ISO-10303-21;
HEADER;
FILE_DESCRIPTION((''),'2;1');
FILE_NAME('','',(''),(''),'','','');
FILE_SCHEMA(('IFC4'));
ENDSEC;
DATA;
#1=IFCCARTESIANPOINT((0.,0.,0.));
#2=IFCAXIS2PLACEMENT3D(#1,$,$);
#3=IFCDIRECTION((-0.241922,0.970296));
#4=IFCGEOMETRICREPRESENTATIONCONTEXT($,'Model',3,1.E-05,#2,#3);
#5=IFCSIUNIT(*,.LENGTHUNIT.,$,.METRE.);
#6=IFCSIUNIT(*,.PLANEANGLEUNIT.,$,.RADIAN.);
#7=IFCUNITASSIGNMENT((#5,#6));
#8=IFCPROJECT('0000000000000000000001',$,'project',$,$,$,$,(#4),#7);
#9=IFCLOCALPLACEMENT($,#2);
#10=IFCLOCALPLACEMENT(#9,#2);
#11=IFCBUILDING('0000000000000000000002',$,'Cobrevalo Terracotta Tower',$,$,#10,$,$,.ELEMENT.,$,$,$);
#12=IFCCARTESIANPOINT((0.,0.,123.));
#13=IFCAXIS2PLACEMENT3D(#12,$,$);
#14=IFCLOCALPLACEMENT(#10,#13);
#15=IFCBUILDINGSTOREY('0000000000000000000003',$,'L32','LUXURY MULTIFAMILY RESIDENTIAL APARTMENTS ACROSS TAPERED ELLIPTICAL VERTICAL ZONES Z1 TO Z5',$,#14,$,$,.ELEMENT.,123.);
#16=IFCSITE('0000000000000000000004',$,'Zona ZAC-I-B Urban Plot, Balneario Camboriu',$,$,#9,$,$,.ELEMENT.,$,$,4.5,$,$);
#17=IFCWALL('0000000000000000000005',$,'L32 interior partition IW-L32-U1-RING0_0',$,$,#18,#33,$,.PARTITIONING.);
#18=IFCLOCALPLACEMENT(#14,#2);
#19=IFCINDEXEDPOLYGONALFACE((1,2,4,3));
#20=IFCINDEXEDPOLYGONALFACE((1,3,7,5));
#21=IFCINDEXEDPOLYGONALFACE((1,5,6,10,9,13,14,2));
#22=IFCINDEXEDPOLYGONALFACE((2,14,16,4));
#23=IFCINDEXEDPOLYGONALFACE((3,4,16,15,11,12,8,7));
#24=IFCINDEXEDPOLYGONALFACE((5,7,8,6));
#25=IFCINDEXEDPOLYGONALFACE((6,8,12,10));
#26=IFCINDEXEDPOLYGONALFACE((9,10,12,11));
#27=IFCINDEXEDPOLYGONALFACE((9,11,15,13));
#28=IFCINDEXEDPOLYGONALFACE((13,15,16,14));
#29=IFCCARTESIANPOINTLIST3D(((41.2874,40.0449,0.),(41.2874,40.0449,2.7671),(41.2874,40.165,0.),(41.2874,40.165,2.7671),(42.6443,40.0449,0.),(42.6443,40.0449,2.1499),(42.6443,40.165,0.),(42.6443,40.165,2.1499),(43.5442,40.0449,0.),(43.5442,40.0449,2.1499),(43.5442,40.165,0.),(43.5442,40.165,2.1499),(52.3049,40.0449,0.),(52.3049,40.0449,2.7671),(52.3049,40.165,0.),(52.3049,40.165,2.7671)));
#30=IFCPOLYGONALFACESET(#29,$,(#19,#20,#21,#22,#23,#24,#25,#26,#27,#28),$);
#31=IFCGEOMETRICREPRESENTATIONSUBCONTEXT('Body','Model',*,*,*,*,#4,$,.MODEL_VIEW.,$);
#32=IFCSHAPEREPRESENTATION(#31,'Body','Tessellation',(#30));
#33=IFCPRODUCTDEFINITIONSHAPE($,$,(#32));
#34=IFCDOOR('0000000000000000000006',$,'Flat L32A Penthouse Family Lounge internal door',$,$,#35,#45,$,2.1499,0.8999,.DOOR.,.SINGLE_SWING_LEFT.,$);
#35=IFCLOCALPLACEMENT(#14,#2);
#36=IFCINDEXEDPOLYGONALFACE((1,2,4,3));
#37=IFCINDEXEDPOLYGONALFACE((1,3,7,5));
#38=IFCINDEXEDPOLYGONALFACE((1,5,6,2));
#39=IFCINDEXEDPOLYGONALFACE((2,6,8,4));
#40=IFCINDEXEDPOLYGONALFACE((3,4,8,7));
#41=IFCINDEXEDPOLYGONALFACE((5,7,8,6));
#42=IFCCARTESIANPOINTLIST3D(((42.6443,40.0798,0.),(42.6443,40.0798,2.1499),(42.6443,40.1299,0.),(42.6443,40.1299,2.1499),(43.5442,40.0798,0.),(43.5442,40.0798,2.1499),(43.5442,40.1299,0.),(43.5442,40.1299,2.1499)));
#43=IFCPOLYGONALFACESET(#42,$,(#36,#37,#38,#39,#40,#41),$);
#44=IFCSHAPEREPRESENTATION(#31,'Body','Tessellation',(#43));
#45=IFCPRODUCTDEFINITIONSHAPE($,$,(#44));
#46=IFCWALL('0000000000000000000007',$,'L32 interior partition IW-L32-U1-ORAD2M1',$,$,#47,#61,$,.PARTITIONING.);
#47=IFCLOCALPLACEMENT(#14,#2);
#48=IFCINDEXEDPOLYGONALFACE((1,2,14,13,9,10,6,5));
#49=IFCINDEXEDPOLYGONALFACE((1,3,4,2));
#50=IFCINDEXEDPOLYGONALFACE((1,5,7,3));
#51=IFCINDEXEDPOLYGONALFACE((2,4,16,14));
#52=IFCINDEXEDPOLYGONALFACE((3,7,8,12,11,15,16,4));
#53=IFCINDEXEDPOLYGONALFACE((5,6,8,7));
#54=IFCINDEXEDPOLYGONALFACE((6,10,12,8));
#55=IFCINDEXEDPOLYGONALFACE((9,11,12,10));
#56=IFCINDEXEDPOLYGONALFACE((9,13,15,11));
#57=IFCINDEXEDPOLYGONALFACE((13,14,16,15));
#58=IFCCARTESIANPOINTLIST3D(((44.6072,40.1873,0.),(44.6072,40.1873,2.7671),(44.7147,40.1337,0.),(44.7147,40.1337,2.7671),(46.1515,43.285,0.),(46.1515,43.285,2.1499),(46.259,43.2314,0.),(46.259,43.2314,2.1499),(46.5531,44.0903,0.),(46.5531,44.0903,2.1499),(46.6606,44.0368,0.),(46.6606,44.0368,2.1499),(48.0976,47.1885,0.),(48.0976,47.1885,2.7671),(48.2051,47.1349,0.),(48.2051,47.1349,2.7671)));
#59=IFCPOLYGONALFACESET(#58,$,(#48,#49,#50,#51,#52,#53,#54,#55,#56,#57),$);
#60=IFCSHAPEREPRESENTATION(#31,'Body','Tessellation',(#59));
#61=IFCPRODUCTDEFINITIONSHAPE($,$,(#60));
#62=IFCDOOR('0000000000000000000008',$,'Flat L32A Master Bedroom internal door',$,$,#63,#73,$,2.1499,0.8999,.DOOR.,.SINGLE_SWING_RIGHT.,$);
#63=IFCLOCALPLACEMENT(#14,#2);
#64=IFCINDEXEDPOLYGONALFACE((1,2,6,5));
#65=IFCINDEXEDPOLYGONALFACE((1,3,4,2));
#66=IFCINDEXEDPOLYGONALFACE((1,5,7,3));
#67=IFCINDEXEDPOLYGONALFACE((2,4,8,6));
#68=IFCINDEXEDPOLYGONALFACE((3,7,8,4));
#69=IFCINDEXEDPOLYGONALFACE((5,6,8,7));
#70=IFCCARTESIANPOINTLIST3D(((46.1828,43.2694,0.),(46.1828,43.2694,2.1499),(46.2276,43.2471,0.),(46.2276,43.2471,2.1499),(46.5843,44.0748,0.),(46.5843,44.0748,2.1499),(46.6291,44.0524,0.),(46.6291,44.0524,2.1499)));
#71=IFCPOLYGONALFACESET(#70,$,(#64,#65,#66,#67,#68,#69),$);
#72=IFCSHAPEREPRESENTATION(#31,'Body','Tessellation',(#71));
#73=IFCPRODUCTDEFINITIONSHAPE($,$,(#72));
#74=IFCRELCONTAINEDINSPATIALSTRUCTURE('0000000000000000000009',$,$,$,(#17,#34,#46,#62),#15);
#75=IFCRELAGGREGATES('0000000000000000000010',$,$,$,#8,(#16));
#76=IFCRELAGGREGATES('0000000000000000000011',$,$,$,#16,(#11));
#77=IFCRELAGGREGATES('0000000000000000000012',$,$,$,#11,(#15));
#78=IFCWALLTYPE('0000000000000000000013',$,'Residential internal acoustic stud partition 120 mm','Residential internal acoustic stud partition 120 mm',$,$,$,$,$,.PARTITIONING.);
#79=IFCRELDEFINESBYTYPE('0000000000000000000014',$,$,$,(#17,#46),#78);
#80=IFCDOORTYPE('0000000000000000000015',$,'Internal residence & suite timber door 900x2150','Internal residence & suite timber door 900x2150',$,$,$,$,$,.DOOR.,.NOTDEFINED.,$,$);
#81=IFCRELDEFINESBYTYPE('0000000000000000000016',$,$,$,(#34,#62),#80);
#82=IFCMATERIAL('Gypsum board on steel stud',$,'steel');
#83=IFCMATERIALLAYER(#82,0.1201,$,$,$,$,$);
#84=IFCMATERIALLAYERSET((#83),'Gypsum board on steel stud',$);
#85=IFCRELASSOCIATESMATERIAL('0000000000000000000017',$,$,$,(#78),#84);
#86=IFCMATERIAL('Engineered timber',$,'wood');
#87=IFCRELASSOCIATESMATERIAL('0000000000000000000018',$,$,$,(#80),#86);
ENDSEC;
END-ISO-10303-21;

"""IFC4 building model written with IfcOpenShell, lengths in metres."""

from ifc_helpers import new_model, si_unit, direction, frame, frame_2d, origin, place, context, subcontext, project, spatial, rectangle, extrude, source, transform, mapped, material, layer, layer_set, type_object, element, fill, save


model = new_model("IFC4")

# Units and contexts
model_context = context("Model", 3, precision=1e-05, world=origin(), true_north=direction((-0.241922, 0.970296)))
body_context = subcontext(model_context, "Body", "Model", "MODEL_VIEW")
ifc_project = project(units=[si_unit("LENGTHUNIT", "METRE"), si_unit("PLANEANGLEUNIT", "RADIAN")], contexts=[model_context])

# Site, building, storey
site_placement = place(None, origin())
site = spatial("IfcSite", under=ifc_project, at=site_placement, Name="Zona ZAC-I-B Urban Plot, Balneario Camboriu", CompositionType="ELEMENT", RefElevation=4.5)
building_placement = place(site_placement, origin())
building = spatial("IfcBuilding", under=site, at=building_placement, Name="Cobrevalo Terracotta Tower", CompositionType="ELEMENT")
storey_placement = place(building_placement, frame((0.0, 0.0, 123.0)))
storey = spatial("IfcBuildingStorey", under=building, at=storey_placement, Name="L32", Description="LUXURY MULTIFAMILY RESIDENTIAL APARTMENTS ACROSS TAPERED ELLIPTICAL VERTICAL ZONES Z1 TO Z5", CompositionType="ELEMENT", Elevation=123.0)

# Walls, openings, doors
ifc_material_1 = material(Name="Gypsum board on steel stud", Category="steel")
ifc_layer_1 = layer(ifc_material_1, 0.1201)
ifc_layer_set_1 = layer_set([ifc_layer_1], Name="Gypsum board on steel stud")
wall_type_1 = type_object("IfcWallType", Name="Residential internal acoustic stud partition 120 mm", Description="Residential internal acoustic stud partition 120 mm", PredefinedType="PARTITIONING", material=ifc_layer_set_1)
wall_1_placement = place(storey_placement, frame((41.2874, 40.105, 0.0), z_axis=(0.0, 0.0, 1.0), x_axis=(1.0, 0.0, 0.0)))
wall_1 = element("IfcWall", 1, at=wall_1_placement, inside=storey, type_object=wall_type_1, Name="L32 interior partition IW-L32-U1-RING0_0", PredefinedType="PARTITIONING", context=body_context, shape_type="SweptSolid", body=[
    extrude(rectangle(XDim=11.0176, YDim=0.1201, at=frame_2d((5.5088, 0.0))), origin(), (0.0, 0.0, 1.0), 2.7671),
])
opening_1_placement = place(wall_1_placement, frame((1.3569, 0.0, 0.0)))
opening_1 = element("IfcOpeningElement", 2, at=opening_1_placement, cuts=wall_1, PredefinedType="OPENING", context=body_context, shape_type="SweptSolid", body=[
    extrude(rectangle(XDim=0.8999, YDim=2.1499, at=frame_2d((0.45, 1.075))), frame((0.0, 0.0701, 0.0), z_axis=(0.0, -1.0, 0.0), x_axis=(1.0, 0.0, 0.0)), (0.0, 0.0, 1.0), 0.1401),
])
ifc_material_2 = material(Name="Engineered timber", Category="wood")
door_type = type_object("IfcDoorType", Name="Internal residence & suite timber door 900x2150", Description="Internal residence & suite timber door 900x2150", OperationType="NOTDEFINED", PredefinedType="DOOR", material=ifc_material_2)
shared_shape_1 = source(origin(), body_context, "Body", "SweptSolid", [
    extrude(rectangle(XDim=0.8999, YDim=2.1499, at=frame_2d((0.45, 1.075))), frame((0.0, 0.0249, 0.0), z_axis=(0.0, -1.0, 0.0), x_axis=(1.0, 0.0, 0.0)), (0.0, 0.0, 1.0), 0.05),
])
door_1_placement = place(opening_1_placement, origin())
door_1 = element("IfcDoor", 3, at=door_1_placement, inside=storey, type_object=door_type, Name="Flat L32A Penthouse Family Lounge internal door", OperationType="SINGLE_SWING_LEFT", OverallHeight=2.1499, OverallWidth=0.8999, PredefinedType="DOOR", context=body_context, shape_type="MappedRepresentation", body=[
    mapped(shared_shape_1, transform((0.0, 0.0, 0.0), scale=1.0)),
])
fill(opening_1, door_1)
wall_2_placement = place(storey_placement, frame((44.6609, 40.1604, 0.0), z_axis=(0.0, 0.0, 1.0), x_axis=(0.446177, 0.894945, 0.0)))
wall_2 = element("IfcWall", 4, at=wall_2_placement, inside=storey, type_object=wall_type_1, Name="L32 interior partition IW-L32-U1-ORAD2M1", PredefinedType="PARTITIONING", context=body_context, shape_type="SweptSolid", body=[
    extrude(rectangle(XDim=7.823, YDim=0.1201, at=frame_2d((3.9116, 0.0))), origin(), (0.0, 0.0, 1.0), 2.7671),
])
opening_2_placement = place(wall_2_placement, frame((3.4614, 0.0, 0.0)))
opening_2 = element("IfcOpeningElement", 5, at=opening_2_placement, cuts=wall_2, PredefinedType="OPENING", context=body_context, shape_type="SweptSolid", body=[
    extrude(rectangle(XDim=0.8999, YDim=2.1499, at=frame_2d((0.45, 1.075))), frame((0.0, 0.0701, 0.0), z_axis=(0.0, -1.0, 0.0), x_axis=(1.0, 0.0, 0.0)), (0.0, 0.0, 1.0), 0.1401),
])
door_2_placement = place(opening_2_placement, frame((0.8999, 0.0, 0.0), z_axis=(0.0, 0.0, 1.0), x_axis=(-1.0, 0.0, 0.0)))
door_2 = element("IfcDoor", 6, at=door_2_placement, inside=storey, type_object=door_type, Name="Flat L32A Master Bedroom internal door", OperationType="SINGLE_SWING_RIGHT", OverallHeight=2.1499, OverallWidth=0.8999, PredefinedType="DOOR", context=body_context, shape_type="MappedRepresentation", body=[
    mapped(shared_shape_1, transform((0.0, 0.0, 0.0), scale=1.0)),
])
fill(opening_2, door_2)

save(model, "model.ifc")
